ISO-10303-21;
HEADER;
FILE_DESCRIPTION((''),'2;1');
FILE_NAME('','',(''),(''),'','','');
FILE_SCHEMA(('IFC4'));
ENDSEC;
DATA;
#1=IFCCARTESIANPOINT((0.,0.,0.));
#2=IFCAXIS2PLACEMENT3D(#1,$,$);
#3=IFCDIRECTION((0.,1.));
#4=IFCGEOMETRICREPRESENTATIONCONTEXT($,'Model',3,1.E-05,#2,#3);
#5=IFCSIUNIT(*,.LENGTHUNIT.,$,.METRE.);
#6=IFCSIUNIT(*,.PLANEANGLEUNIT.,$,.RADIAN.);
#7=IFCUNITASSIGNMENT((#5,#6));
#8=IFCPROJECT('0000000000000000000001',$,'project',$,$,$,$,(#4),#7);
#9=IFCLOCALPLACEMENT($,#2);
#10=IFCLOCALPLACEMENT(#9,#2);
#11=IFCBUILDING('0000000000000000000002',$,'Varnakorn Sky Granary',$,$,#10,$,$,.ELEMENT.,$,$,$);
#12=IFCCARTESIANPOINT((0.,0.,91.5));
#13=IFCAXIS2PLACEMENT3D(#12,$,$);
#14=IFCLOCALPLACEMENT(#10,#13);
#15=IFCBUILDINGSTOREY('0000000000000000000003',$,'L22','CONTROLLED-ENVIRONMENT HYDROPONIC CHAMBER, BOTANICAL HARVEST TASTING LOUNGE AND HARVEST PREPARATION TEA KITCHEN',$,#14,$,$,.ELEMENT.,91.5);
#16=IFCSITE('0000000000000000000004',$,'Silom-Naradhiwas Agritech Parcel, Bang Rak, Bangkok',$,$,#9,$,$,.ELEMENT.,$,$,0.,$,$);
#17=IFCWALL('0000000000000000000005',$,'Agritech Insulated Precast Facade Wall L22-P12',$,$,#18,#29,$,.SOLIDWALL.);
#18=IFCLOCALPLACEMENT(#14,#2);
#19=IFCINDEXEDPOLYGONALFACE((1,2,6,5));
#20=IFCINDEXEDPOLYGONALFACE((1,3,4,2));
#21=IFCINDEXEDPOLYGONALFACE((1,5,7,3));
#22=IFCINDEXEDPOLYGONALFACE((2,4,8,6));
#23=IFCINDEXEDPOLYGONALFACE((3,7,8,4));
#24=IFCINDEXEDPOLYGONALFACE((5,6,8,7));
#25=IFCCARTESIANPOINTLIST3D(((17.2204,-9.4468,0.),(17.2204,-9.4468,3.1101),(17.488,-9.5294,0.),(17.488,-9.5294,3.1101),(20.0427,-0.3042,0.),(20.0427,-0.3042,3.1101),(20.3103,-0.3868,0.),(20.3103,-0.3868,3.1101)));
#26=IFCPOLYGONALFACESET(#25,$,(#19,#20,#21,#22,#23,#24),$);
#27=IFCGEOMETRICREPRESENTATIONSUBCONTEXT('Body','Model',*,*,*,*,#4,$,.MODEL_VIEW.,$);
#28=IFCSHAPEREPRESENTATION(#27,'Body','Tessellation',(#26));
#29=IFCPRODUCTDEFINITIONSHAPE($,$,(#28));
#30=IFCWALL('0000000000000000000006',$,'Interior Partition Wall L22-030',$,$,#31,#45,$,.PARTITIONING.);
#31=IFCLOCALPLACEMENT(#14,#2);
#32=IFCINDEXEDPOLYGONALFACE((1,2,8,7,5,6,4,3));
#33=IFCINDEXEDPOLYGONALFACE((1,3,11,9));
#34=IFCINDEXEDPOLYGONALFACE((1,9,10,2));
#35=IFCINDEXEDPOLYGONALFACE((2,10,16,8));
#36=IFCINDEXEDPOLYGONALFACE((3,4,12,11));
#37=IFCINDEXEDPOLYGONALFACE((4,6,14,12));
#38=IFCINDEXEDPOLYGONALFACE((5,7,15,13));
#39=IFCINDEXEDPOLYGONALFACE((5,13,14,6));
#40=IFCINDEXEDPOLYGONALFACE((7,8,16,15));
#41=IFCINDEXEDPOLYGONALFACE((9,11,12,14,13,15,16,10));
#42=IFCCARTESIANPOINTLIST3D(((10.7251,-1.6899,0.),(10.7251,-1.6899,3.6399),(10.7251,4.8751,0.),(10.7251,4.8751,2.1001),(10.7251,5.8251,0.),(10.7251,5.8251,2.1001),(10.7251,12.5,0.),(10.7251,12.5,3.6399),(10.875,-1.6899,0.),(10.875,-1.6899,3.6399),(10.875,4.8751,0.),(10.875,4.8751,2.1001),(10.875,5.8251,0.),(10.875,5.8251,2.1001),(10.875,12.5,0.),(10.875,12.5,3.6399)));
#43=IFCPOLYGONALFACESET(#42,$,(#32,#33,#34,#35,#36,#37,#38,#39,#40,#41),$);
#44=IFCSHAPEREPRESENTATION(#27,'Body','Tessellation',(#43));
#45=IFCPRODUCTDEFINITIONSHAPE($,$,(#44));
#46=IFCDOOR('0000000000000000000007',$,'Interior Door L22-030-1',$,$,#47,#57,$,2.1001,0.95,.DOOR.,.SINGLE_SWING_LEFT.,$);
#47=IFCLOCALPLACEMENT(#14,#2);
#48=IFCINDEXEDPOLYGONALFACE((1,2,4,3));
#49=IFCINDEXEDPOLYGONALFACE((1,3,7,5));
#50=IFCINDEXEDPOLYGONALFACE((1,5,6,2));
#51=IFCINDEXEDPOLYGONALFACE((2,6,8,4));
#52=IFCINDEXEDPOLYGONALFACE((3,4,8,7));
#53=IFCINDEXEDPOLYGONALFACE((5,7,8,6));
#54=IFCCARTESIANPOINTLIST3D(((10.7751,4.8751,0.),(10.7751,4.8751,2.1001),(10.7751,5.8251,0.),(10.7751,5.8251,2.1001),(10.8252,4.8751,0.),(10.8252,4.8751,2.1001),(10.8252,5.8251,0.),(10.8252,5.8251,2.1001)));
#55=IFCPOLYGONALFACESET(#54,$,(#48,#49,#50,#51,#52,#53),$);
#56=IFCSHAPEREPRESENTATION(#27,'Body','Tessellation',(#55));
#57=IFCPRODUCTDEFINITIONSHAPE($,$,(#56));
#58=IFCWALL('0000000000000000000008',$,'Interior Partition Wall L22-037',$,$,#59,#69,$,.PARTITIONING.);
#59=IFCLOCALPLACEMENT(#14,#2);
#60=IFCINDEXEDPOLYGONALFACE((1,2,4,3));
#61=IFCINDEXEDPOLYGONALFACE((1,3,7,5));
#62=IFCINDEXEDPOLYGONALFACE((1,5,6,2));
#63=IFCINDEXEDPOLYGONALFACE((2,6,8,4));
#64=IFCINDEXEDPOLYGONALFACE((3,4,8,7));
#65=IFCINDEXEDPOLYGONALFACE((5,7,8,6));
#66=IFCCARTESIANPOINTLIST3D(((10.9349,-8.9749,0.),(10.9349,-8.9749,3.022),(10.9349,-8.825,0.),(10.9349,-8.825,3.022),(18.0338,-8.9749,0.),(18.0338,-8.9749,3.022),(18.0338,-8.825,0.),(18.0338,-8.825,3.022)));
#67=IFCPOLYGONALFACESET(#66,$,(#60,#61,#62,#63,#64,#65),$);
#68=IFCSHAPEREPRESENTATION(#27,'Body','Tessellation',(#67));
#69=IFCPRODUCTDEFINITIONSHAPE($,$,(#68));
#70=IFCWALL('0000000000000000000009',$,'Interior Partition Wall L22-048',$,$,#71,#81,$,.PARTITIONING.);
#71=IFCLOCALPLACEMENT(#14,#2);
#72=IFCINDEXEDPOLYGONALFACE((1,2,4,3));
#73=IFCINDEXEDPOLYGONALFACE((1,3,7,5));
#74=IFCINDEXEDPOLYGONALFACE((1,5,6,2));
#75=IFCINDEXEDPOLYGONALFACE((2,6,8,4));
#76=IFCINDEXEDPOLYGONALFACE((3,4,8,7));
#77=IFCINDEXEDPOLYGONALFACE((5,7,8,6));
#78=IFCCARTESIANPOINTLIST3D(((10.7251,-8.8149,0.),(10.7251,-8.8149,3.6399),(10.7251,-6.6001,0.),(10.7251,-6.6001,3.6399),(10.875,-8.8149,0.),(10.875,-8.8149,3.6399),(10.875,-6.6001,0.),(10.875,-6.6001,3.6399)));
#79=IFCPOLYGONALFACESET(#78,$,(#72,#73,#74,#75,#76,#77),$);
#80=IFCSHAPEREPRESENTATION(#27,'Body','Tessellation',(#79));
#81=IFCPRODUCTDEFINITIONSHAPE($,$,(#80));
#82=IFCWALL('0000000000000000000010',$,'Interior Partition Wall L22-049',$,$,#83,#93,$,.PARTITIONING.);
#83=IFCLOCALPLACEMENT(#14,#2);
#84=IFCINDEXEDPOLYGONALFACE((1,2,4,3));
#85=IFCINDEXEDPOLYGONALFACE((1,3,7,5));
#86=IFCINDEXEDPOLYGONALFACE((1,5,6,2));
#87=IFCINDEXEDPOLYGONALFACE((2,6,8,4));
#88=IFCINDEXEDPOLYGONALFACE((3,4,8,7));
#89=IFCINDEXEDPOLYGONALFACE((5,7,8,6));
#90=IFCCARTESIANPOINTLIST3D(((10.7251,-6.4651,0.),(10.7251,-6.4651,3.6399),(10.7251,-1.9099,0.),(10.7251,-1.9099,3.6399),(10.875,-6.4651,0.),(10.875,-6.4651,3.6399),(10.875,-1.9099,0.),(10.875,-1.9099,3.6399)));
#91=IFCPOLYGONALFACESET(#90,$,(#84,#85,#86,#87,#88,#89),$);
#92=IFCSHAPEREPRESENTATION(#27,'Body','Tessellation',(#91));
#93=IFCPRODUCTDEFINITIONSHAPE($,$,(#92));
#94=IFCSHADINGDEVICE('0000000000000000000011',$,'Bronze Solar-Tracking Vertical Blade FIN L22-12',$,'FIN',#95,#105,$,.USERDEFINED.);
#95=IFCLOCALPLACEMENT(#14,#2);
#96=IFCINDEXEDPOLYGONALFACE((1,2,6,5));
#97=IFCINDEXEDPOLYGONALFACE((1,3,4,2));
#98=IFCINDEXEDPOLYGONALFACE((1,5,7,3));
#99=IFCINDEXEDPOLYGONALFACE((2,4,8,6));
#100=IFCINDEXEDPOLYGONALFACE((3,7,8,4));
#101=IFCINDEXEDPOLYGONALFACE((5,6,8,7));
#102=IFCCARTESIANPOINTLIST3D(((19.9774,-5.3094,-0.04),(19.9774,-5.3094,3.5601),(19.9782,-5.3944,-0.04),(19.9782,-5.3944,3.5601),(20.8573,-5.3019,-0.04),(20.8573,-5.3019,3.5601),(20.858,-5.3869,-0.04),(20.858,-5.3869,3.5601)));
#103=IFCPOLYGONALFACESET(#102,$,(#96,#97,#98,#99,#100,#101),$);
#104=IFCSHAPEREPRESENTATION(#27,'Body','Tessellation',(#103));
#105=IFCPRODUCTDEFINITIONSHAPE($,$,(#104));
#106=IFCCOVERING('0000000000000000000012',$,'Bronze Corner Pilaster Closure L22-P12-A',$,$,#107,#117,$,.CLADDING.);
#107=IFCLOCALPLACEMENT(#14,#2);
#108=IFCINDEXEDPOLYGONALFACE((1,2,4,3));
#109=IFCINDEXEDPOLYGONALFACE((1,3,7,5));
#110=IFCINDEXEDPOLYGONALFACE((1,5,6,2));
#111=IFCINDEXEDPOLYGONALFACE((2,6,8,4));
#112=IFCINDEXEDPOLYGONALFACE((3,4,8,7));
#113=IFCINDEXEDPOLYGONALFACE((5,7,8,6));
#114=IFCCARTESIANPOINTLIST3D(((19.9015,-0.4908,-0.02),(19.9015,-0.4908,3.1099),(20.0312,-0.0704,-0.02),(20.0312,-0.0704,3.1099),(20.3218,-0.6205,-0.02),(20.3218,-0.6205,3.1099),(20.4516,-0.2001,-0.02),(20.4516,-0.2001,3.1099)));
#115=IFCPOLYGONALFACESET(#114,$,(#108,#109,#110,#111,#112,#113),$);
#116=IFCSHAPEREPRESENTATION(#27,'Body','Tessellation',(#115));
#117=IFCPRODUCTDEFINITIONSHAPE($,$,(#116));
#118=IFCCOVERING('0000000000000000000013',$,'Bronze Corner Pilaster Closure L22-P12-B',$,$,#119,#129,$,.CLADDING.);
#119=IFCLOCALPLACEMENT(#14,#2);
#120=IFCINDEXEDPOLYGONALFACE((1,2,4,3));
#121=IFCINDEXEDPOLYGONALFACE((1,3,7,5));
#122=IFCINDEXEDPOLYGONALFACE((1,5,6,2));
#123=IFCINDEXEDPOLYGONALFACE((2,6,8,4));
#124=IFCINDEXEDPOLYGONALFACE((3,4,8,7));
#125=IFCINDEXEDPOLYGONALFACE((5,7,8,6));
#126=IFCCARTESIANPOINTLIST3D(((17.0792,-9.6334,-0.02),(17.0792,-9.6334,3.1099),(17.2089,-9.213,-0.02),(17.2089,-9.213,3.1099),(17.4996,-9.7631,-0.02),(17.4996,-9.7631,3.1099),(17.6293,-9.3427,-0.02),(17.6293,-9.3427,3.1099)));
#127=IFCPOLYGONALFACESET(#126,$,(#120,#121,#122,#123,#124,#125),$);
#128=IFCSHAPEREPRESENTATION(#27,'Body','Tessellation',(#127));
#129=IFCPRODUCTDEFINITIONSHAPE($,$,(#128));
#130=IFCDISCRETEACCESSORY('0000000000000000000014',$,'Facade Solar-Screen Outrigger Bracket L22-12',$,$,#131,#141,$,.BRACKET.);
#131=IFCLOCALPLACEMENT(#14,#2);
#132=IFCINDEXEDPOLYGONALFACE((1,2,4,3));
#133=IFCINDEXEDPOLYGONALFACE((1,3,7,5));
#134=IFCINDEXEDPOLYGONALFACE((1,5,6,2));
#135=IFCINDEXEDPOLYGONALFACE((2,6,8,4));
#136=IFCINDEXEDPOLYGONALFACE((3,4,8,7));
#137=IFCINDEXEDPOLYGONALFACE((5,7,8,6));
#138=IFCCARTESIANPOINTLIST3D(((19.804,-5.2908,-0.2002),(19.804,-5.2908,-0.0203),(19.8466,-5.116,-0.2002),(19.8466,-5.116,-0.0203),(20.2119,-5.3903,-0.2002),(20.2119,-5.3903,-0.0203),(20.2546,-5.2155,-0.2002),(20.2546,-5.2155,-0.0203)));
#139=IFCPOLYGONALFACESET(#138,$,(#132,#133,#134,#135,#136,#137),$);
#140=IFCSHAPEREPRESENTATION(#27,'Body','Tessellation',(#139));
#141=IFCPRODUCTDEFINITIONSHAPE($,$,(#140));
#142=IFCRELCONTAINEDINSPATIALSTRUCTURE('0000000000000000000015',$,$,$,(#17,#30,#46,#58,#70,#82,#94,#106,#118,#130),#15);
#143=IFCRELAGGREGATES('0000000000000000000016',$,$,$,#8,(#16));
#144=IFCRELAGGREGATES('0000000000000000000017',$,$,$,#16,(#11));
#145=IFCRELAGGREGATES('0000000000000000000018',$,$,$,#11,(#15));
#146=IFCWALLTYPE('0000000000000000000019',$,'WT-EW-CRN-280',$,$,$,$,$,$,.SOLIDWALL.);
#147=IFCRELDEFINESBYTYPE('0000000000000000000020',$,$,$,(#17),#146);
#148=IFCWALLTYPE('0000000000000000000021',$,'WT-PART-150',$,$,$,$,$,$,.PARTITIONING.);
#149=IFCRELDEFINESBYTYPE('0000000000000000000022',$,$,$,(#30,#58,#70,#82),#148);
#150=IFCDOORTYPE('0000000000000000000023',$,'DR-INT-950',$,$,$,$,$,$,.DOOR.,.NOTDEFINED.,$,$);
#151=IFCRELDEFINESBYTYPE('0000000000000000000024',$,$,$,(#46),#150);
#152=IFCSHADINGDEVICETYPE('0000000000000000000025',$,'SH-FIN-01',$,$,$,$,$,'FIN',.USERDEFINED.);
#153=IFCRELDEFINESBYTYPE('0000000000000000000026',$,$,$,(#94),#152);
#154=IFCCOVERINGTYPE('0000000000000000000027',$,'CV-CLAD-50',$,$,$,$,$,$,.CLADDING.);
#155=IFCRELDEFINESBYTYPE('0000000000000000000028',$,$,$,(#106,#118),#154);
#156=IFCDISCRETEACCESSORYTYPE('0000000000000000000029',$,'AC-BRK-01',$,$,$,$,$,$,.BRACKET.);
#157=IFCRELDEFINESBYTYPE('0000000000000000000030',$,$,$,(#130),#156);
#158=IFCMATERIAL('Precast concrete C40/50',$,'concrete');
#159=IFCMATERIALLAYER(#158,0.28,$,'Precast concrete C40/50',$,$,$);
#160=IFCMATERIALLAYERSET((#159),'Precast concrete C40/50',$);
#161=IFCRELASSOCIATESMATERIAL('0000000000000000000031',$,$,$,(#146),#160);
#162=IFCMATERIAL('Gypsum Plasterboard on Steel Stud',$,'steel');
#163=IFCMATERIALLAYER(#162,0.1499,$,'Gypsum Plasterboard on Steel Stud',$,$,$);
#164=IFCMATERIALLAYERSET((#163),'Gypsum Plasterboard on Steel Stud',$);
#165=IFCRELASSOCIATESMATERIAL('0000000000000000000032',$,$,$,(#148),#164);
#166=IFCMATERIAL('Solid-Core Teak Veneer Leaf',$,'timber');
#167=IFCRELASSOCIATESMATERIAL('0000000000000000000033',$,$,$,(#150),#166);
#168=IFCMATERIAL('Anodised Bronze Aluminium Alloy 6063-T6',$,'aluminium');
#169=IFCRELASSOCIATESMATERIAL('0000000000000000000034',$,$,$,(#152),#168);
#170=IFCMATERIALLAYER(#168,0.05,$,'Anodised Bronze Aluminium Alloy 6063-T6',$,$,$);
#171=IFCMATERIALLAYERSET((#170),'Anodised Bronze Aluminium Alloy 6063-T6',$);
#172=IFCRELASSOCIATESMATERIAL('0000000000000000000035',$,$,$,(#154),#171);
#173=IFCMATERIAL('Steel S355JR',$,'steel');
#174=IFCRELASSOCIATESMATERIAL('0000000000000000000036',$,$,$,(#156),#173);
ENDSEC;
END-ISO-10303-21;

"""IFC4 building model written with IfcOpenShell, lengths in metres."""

from ifc_helpers import new_model, si_unit, direction, frame, frame_2d, origin, origin_2d, place, context, subcontext, project, spatial, rectangle, extrude, source, transform, mapped, material, layer, layer_set, type_object, type_shapes, element, fill, save


model = new_model("IFC4")

# Units and contexts
model_context = context("Model", 3, precision=1e-05, world=origin(), true_north=direction((0.0, 1.0)))
body_context = subcontext(model_context, "Body", "Model", "MODEL_VIEW")
ifc_project = project(units=[si_unit("LENGTHUNIT", "METRE"), si_unit("PLANEANGLEUNIT", "RADIAN")], contexts=[model_context])

# Site, building, storey
site_placement = place(None, origin())
site = spatial("IfcSite", under=ifc_project, at=site_placement, Name="Silom-Naradhiwas Agritech Parcel, Bang Rak, Bangkok", CompositionType="ELEMENT", RefElevation=0.0)
building_placement = place(site_placement, origin())
building = spatial("IfcBuilding", under=site, at=building_placement, Name="Varnakorn Sky Granary", CompositionType="ELEMENT")
storey_placement = place(building_placement, frame((0.0, 0.0, 91.5)))
storey = spatial("IfcBuildingStorey", under=building, at=storey_placement, Name="L22", Description="CONTROLLED-ENVIRONMENT HYDROPONIC CHAMBER, BOTANICAL HARVEST TASTING LOUNGE AND HARVEST PREPARATION TEA KITCHEN", CompositionType="ELEMENT", Elevation=91.5)

# Shared definitions
ifc_material_1 = material(Name="Steel S355JR", Category="steel")

# Shared definitions
ifc_material_2 = material(Name="Anodised Bronze Aluminium Alloy 6063-T6", Category="aluminium")

# Wall
ifc_material_3 = material(Name="Precast concrete C40/50", Category="concrete")
ifc_layer_1 = layer(ifc_material_3, 0.28, Name="Precast concrete C40/50")
ifc_layer_set_1 = layer_set([ifc_layer_1], Name="Precast concrete C40/50")
wall_type_1 = type_object("IfcWallType", Name="WT-EW-CRN-280", PredefinedType="SOLIDWALL", material=ifc_layer_set_1)
wall_1_placement = place(storey_placement, frame((20.1765, -0.3455, 0.0), z_axis=(0.0, 0.0, 1.0), x_axis=(-0.294961, -0.955509, 0.0)))
element("IfcWall", 1, at=wall_1_placement, inside=storey, type_object=wall_type_1, Name="Agritech Insulated Precast Facade Wall L22-P12", PredefinedType="SOLIDWALL", context=body_context, shape_type="SweptSolid", body=[
    extrude(rectangle(XDim=9.5684, YDim=0.28, at=frame_2d((4.7842, 0.0))), origin(), (0.0, 0.0, 1.0), 3.1101),
])

# Wall, opening, door
ifc_material_4 = material(Name="Gypsum Plasterboard on Steel Stud", Category="steel")
ifc_layer_2 = layer(ifc_material_4, 0.1499, Name="Gypsum Plasterboard on Steel Stud")
ifc_layer_set_2 = layer_set([ifc_layer_2], Name="Gypsum Plasterboard on Steel Stud")
wall_type_2 = type_object("IfcWallType", Name="WT-PART-150", PredefinedType="PARTITIONING", material=ifc_layer_set_2)
wall_2_placement = place(storey_placement, frame((10.8, -1.6899, 0.0), z_axis=(0.0, 0.0, 1.0), x_axis=(0.0, 1.0, 0.0)))
wall_2 = element("IfcWall", 2, at=wall_2_placement, inside=storey, type_object=wall_type_2, Name="Interior Partition Wall L22-030", PredefinedType="PARTITIONING", context=body_context, shape_type="SweptSolid", body=[
    extrude(rectangle(XDim=14.1899, YDim=0.1499, at=frame_2d((7.095, 0.0))), origin(), (0.0, 0.0, 1.0), 3.6399),
])
opening_placement = place(wall_2_placement, frame((6.5649, 0.0, 0.0)))
opening = element("IfcOpeningElement", 3, at=opening_placement, cuts=wall_2, PredefinedType="OPENING", context=body_context, shape_type="SweptSolid", body=[
    extrude(rectangle(XDim=0.95, YDim=2.1001, at=frame_2d((0.4751, 1.05))), frame((0.0, 0.085, 0.0), z_axis=(0.0, -1.0, 0.0), x_axis=(1.0, 0.0, 0.0)), (0.0, 0.0, 1.0), 0.1699),
])
ifc_material_5 = material(Name="Solid-Core Teak Veneer Leaf", Category="timber")
door_type = type_object("IfcDoorType", Name="DR-INT-950", OperationType="NOTDEFINED", PredefinedType="DOOR", material=ifc_material_5)
door_placement = place(opening_placement, origin())
door = element("IfcDoor", 4, at=door_placement, inside=storey, type_object=door_type, Name="Interior Door L22-030-1", OperationType="SINGLE_SWING_LEFT", OverallHeight=2.1001, OverallWidth=0.95, PredefinedType="DOOR", context=body_context, shape_type="SweptSolid", body=[
    extrude(rectangle(XDim=0.95, YDim=2.1001, at=frame_2d((0.4751, 1.05))), frame((0.0, 0.0249, 0.0), z_axis=(0.0, -1.0, 0.0), x_axis=(1.0, 0.0, 0.0)), (0.0, 0.0, 1.0), 0.05),
])
fill(opening, door)

# Walls
wall_3_placement = place(storey_placement, frame((10.9351, -8.8999, 0.0), z_axis=(0.0, 0.0, 1.0), x_axis=(1.0, 0.0, 0.0)))
element("IfcWall", 5, at=wall_3_placement, inside=storey, type_object=wall_type_2, Name="Interior Partition Wall L22-037", PredefinedType="PARTITIONING", context=body_context, shape_type="SweptSolid", body=[
    extrude(rectangle(XDim=7.0989, YDim=0.1499, at=frame_2d((3.5493, 0.0))), origin(), (0.0, 0.0, 1.0), 3.022),
])
wall_4_placement = place(storey_placement, frame((10.8, -8.8149, 0.0), z_axis=(0.0, 0.0, 1.0), x_axis=(0.0, 1.0, 0.0)))
element("IfcWall", 6, at=wall_4_placement, inside=storey, type_object=wall_type_2, Name="Interior Partition Wall L22-048", PredefinedType="PARTITIONING", context=body_context, shape_type="SweptSolid", body=[
    extrude(rectangle(XDim=2.2148, YDim=0.1499, at=frame_2d((1.1074, 0.0))), origin(), (0.0, 0.0, 1.0), 3.6399),
])
wall_5_placement = place(storey_placement, frame((10.8, -6.4651, 0.0), z_axis=(0.0, 0.0, 1.0), x_axis=(0.0, 1.0, 0.0)))
element("IfcWall", 7, at=wall_5_placement, inside=storey, type_object=wall_type_2, Name="Interior Partition Wall L22-049", PredefinedType="PARTITIONING", context=body_context, shape_type="SweptSolid", body=[
    extrude(rectangle(XDim=4.5552, YDim=0.1499, at=frame_2d((2.2776, 0.0))), origin(), (0.0, 0.0, 1.0), 3.6399),
])

# Shading device
shading_device_type = type_object("IfcShadingDeviceType", Name="SH-FIN-01", ElementType="FIN", PredefinedType="USERDEFINED", material=ifc_material_2)
shared_shape_1 = source(origin(), body_context, "Body", "SweptSolid", [
    extrude(rectangle(XDim=0.085, YDim=0.8799, at=origin_2d()), origin(), (0.0, 0.0, 1.0), 3.6001),
])
type_shapes(shading_device_type, [shared_shape_1])
shading_device_placement = place(storey_placement, frame((20.4177, -5.3481, -0.04), z_axis=(0.0, 0.0, 1.0), x_axis=(-0.008539, 0.999964, 0.0)))
element("IfcShadingDevice", 8, at=shading_device_placement, inside=storey, type_object=shading_device_type, Name="Bronze Solar-Tracking Vertical Blade FIN L22-12", ObjectType="FIN", PredefinedType="USERDEFINED", context=body_context, shape_type="MappedRepresentation", body=[
    mapped(shared_shape_1, transform((0.0, 0.0, 0.0), x_axis=(1.0, 0.0, 0.0), y_axis=(0.0, 1.0, 0.0), z_axis=(0.0, 0.0, 1.0), scale=1.0)),
])

# Coverings
ifc_layer_3 = layer(ifc_material_2, 0.05, Name="Anodised Bronze Aluminium Alloy 6063-T6")
ifc_layer_set_3 = layer_set([ifc_layer_3], Name="Anodised Bronze Aluminium Alloy 6063-T6")
covering_type = type_object("IfcCoveringType", Name="CV-CLAD-50", PredefinedType="CLADDING", material=ifc_layer_set_3)
shared_shape_2 = source(origin(), body_context, "Body", "SweptSolid", [
    extrude(rectangle(XDim=0.4399, YDim=0.4399, at=origin_2d()), origin(), (0.0, 0.0, 1.0), 3.1299),
])
type_shapes(covering_type, [shared_shape_2])
for number, where, z_axis, x_axis, name in (
    (9, (20.1765, -0.3455, -0.02), (0.0, 0.0, 1.0), (-0.294874, -0.955536, 0.0), "Bronze Corner Pilaster Closure L22-P12-A"),
    (10, (17.3542, -9.488, -0.02), (0.0, 0.0, 1.0), (-0.294874, -0.955536, 0.0), "Bronze Corner Pilaster Closure L22-P12-B"),
):
    element("IfcCovering", number, at=place(storey_placement, frame(where, z_axis=z_axis, x_axis=x_axis)), inside=storey, type_object=covering_type, Name=name, PredefinedType="CLADDING", context=body_context, shape_type="MappedRepresentation", body=[
        mapped(shared_shape_2, transform((0.0, 0.0, 0.0), x_axis=(1.0, 0.0, 0.0), y_axis=(0.0, 1.0, 0.0), z_axis=(0.0, 0.0, 1.0), scale=1.0)),
    ])

# Discrete accessory
discrete_accessory_type = type_object("IfcDiscreteAccessoryType", Name="AC-BRK-01", PredefinedType="BRACKET", material=ifc_material_1)
shared_shape_3 = source(origin(), body_context, "Body", "SweptSolid", [
    extrude(rectangle(XDim=0.1799, YDim=0.4199, at=origin_2d()), origin(), (0.0, 0.0, 1.0), 0.1799),
])
type_shapes(discrete_accessory_type, [shared_shape_3])
discrete_accessory_placement = place(storey_placement, frame((20.0293, -5.2532, -0.2002), z_axis=(0.0, 0.0, 1.0), x_axis=(0.237051, 0.971497, 0.0)))
element("IfcDiscreteAccessory", 11, at=discrete_accessory_placement, inside=storey, type_object=discrete_accessory_type, Name="Facade Solar-Screen Outrigger Bracket L22-12", PredefinedType="BRACKET", context=body_context, shape_type="MappedRepresentation", body=[
    mapped(shared_shape_3, transform((0.0, 0.0, 0.0), x_axis=(1.0, 0.0, 0.0), y_axis=(0.0, 1.0, 0.0), z_axis=(0.0, 0.0, 1.0), scale=1.0)),
])

save(model, "model.ifc")
